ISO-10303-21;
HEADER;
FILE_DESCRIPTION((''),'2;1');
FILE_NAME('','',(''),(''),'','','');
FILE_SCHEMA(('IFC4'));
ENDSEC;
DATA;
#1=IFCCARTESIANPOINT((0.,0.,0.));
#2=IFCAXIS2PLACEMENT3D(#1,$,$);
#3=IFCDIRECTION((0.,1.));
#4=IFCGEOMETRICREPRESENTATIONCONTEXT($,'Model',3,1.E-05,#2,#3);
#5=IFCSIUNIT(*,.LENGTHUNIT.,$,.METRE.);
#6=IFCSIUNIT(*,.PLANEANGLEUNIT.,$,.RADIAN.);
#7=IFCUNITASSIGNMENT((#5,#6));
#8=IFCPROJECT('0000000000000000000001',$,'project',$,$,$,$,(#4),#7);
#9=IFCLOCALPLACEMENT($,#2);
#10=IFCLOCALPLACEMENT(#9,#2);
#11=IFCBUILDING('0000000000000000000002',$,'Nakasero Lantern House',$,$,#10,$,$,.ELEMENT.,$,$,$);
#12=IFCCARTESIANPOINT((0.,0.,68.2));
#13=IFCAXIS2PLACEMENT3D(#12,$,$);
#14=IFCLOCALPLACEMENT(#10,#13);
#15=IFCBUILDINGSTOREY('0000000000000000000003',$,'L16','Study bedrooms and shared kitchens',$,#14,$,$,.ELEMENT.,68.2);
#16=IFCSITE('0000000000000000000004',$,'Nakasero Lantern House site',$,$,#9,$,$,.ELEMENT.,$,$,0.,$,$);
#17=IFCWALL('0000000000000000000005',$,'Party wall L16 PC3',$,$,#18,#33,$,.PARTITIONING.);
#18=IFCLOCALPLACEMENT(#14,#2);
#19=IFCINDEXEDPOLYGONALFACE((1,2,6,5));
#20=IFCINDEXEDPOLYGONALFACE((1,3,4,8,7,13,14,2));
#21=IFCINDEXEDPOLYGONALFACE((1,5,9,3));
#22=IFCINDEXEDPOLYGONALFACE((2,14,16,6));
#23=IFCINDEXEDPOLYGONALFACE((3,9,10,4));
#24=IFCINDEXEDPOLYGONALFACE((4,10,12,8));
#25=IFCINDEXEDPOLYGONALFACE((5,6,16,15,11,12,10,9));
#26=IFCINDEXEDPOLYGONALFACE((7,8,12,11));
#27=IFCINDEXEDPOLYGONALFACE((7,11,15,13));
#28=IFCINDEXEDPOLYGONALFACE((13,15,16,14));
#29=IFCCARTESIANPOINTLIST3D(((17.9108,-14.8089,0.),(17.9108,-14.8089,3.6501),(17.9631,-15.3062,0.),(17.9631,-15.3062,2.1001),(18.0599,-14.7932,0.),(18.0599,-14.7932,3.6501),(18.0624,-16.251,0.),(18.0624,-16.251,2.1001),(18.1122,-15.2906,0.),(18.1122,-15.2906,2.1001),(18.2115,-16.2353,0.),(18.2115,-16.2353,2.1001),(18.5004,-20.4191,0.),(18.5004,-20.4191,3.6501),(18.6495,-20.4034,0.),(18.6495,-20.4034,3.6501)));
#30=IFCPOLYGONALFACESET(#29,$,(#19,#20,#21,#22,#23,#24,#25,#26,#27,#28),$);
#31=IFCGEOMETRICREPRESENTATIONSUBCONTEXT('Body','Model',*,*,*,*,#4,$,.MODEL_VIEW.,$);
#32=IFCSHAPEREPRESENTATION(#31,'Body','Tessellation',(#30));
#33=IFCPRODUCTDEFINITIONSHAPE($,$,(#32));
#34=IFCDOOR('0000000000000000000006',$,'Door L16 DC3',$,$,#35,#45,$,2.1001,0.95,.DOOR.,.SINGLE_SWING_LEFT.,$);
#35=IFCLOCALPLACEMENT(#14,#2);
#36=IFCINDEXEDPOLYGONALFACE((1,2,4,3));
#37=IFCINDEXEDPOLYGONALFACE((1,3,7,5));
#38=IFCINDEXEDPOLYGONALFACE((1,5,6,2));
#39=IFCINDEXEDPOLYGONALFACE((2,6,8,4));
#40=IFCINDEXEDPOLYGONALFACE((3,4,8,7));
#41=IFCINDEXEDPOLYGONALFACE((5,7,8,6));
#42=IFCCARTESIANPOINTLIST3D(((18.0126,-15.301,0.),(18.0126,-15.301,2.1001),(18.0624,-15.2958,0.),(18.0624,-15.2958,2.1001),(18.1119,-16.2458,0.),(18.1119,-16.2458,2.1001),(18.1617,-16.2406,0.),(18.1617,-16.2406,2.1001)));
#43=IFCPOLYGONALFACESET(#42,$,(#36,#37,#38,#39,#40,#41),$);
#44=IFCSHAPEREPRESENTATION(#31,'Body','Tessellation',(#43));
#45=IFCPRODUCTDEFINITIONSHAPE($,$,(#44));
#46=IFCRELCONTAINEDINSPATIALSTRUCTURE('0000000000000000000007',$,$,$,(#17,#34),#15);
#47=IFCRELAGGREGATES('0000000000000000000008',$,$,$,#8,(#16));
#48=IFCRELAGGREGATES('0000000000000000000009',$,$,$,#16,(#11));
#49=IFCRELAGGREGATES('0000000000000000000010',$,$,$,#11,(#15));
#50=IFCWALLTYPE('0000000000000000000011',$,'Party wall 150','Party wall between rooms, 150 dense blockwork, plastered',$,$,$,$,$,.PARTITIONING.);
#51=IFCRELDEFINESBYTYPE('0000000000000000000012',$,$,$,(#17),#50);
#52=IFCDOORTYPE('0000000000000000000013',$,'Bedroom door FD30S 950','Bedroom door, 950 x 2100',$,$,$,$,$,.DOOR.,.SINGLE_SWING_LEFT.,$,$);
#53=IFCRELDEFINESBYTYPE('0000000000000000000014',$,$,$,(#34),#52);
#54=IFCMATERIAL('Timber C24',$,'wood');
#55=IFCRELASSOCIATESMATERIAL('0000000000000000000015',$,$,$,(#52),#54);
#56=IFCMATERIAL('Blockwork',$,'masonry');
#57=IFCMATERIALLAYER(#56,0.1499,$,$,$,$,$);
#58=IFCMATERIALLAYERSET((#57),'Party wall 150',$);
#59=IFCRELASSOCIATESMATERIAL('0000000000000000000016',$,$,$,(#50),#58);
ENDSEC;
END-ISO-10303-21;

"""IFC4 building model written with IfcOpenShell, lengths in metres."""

from ifc_helpers import new_model, si_unit, direction, frame, frame_2d, origin, place, context, subcontext, project, spatial, rectangle, extrude, material, layer, layer_set, type_object, element, fill, save


model = new_model("IFC4")

# Units and contexts
model_context = context("Model", 3, precision=1e-05, world=origin(), true_north=direction((0.0, 1.0)))
body_context = subcontext(model_context, "Body", "Model", "MODEL_VIEW")
ifc_project = project(units=[si_unit("LENGTHUNIT", "METRE"), si_unit("PLANEANGLEUNIT", "RADIAN")], contexts=[model_context])

# Site, building, storey
site_placement = place(None, origin())
site = spatial("IfcSite", under=ifc_project, at=site_placement, Name="Nakasero Lantern House site", CompositionType="ELEMENT", RefElevation=0.0)
building_placement = place(site_placement, origin())
building = spatial("IfcBuilding", under=site, at=building_placement, Name="Nakasero Lantern House", CompositionType="ELEMENT")
storey_placement = place(building_placement, frame((0.0, 0.0, 68.2)))
storey = spatial("IfcBuildingStorey", under=building, at=storey_placement, Name="L16", Description="Study bedrooms and shared kitchens", CompositionType="ELEMENT", Elevation=68.2)

# Shared definitions
ifc_material_1 = material(Name="Timber C24", Category="wood")
door_type_1 = type_object("IfcDoorType", Name="Bedroom door FD30S 950", Description="Bedroom door, 950 x 2100", OperationType="SINGLE_SWING_LEFT", PredefinedType="DOOR", material=ifc_material_1)

# Shared definitions
ifc_material_2 = material(Name="Blockwork", Category="masonry")
ifc_layer_1 = layer(ifc_material_2, 0.1499)
ifc_layer_set_1 = layer_set([ifc_layer_1], Name="Party wall 150")
wall_type_1 = type_object("IfcWallType", Name="Party wall 150", Description="Party wall between rooms, 150 dense blockwork, plastered", PredefinedType="PARTITIONING", material=ifc_layer_set_1)

# Wall, opening, door
wall_1_placement = place(storey_placement, frame((17.9854, -14.801, 0.0), z_axis=(0.0, 0.0, 1.0), x_axis=(0.10452, -0.994523, 0.0)))
wall_1 = element("IfcWall", 1, at=wall_1_placement, inside=storey, type_object=wall_type_1, Name="Party wall L16 PC3", PredefinedType="PARTITIONING", context=body_context, shape_type="SweptSolid", body=[
    extrude(rectangle(XDim=5.6411, YDim=0.1499, at=frame_2d((2.8206, 0.0))), origin(), (0.0, 0.0, 1.0), 3.6501),
])
opening_1_placement = place(wall_1_placement, frame((0.5, 0.0, 0.0)))
opening_1 = element("IfcOpeningElement", 2, at=opening_1_placement, cuts=wall_1, PredefinedType="OPENING", context=body_context, shape_type="SweptSolid", body=[
    extrude(rectangle(XDim=0.95, YDim=2.1001, at=frame_2d((0.4751, 1.05))), frame((0.0, 0.095, 0.0), z_axis=(0.0, -1.0, 0.0), x_axis=(1.0, 0.0, 0.0)), (0.0, 0.0, 1.0), 0.1899),
])
door_1_placement = place(opening_1_placement, origin())
door_1 = element("IfcDoor", 3, at=door_1_placement, inside=storey, type_object=door_type_1, Name="Door L16 DC3", OperationType="SINGLE_SWING_LEFT", OverallHeight=2.1001, OverallWidth=0.95, PredefinedType="DOOR", context=body_context, shape_type="SweptSolid", body=[
    extrude(rectangle(XDim=0.95, YDim=2.1001, at=frame_2d((0.4751, 1.05))), frame((0.0, 0.0249, 0.0), z_axis=(0.0, -1.0, 0.0), x_axis=(1.0, 0.0, 0.0)), (0.0, 0.0, 1.0), 0.05),
])
fill(opening_1, door_1)

save(model, "model.ifc")
